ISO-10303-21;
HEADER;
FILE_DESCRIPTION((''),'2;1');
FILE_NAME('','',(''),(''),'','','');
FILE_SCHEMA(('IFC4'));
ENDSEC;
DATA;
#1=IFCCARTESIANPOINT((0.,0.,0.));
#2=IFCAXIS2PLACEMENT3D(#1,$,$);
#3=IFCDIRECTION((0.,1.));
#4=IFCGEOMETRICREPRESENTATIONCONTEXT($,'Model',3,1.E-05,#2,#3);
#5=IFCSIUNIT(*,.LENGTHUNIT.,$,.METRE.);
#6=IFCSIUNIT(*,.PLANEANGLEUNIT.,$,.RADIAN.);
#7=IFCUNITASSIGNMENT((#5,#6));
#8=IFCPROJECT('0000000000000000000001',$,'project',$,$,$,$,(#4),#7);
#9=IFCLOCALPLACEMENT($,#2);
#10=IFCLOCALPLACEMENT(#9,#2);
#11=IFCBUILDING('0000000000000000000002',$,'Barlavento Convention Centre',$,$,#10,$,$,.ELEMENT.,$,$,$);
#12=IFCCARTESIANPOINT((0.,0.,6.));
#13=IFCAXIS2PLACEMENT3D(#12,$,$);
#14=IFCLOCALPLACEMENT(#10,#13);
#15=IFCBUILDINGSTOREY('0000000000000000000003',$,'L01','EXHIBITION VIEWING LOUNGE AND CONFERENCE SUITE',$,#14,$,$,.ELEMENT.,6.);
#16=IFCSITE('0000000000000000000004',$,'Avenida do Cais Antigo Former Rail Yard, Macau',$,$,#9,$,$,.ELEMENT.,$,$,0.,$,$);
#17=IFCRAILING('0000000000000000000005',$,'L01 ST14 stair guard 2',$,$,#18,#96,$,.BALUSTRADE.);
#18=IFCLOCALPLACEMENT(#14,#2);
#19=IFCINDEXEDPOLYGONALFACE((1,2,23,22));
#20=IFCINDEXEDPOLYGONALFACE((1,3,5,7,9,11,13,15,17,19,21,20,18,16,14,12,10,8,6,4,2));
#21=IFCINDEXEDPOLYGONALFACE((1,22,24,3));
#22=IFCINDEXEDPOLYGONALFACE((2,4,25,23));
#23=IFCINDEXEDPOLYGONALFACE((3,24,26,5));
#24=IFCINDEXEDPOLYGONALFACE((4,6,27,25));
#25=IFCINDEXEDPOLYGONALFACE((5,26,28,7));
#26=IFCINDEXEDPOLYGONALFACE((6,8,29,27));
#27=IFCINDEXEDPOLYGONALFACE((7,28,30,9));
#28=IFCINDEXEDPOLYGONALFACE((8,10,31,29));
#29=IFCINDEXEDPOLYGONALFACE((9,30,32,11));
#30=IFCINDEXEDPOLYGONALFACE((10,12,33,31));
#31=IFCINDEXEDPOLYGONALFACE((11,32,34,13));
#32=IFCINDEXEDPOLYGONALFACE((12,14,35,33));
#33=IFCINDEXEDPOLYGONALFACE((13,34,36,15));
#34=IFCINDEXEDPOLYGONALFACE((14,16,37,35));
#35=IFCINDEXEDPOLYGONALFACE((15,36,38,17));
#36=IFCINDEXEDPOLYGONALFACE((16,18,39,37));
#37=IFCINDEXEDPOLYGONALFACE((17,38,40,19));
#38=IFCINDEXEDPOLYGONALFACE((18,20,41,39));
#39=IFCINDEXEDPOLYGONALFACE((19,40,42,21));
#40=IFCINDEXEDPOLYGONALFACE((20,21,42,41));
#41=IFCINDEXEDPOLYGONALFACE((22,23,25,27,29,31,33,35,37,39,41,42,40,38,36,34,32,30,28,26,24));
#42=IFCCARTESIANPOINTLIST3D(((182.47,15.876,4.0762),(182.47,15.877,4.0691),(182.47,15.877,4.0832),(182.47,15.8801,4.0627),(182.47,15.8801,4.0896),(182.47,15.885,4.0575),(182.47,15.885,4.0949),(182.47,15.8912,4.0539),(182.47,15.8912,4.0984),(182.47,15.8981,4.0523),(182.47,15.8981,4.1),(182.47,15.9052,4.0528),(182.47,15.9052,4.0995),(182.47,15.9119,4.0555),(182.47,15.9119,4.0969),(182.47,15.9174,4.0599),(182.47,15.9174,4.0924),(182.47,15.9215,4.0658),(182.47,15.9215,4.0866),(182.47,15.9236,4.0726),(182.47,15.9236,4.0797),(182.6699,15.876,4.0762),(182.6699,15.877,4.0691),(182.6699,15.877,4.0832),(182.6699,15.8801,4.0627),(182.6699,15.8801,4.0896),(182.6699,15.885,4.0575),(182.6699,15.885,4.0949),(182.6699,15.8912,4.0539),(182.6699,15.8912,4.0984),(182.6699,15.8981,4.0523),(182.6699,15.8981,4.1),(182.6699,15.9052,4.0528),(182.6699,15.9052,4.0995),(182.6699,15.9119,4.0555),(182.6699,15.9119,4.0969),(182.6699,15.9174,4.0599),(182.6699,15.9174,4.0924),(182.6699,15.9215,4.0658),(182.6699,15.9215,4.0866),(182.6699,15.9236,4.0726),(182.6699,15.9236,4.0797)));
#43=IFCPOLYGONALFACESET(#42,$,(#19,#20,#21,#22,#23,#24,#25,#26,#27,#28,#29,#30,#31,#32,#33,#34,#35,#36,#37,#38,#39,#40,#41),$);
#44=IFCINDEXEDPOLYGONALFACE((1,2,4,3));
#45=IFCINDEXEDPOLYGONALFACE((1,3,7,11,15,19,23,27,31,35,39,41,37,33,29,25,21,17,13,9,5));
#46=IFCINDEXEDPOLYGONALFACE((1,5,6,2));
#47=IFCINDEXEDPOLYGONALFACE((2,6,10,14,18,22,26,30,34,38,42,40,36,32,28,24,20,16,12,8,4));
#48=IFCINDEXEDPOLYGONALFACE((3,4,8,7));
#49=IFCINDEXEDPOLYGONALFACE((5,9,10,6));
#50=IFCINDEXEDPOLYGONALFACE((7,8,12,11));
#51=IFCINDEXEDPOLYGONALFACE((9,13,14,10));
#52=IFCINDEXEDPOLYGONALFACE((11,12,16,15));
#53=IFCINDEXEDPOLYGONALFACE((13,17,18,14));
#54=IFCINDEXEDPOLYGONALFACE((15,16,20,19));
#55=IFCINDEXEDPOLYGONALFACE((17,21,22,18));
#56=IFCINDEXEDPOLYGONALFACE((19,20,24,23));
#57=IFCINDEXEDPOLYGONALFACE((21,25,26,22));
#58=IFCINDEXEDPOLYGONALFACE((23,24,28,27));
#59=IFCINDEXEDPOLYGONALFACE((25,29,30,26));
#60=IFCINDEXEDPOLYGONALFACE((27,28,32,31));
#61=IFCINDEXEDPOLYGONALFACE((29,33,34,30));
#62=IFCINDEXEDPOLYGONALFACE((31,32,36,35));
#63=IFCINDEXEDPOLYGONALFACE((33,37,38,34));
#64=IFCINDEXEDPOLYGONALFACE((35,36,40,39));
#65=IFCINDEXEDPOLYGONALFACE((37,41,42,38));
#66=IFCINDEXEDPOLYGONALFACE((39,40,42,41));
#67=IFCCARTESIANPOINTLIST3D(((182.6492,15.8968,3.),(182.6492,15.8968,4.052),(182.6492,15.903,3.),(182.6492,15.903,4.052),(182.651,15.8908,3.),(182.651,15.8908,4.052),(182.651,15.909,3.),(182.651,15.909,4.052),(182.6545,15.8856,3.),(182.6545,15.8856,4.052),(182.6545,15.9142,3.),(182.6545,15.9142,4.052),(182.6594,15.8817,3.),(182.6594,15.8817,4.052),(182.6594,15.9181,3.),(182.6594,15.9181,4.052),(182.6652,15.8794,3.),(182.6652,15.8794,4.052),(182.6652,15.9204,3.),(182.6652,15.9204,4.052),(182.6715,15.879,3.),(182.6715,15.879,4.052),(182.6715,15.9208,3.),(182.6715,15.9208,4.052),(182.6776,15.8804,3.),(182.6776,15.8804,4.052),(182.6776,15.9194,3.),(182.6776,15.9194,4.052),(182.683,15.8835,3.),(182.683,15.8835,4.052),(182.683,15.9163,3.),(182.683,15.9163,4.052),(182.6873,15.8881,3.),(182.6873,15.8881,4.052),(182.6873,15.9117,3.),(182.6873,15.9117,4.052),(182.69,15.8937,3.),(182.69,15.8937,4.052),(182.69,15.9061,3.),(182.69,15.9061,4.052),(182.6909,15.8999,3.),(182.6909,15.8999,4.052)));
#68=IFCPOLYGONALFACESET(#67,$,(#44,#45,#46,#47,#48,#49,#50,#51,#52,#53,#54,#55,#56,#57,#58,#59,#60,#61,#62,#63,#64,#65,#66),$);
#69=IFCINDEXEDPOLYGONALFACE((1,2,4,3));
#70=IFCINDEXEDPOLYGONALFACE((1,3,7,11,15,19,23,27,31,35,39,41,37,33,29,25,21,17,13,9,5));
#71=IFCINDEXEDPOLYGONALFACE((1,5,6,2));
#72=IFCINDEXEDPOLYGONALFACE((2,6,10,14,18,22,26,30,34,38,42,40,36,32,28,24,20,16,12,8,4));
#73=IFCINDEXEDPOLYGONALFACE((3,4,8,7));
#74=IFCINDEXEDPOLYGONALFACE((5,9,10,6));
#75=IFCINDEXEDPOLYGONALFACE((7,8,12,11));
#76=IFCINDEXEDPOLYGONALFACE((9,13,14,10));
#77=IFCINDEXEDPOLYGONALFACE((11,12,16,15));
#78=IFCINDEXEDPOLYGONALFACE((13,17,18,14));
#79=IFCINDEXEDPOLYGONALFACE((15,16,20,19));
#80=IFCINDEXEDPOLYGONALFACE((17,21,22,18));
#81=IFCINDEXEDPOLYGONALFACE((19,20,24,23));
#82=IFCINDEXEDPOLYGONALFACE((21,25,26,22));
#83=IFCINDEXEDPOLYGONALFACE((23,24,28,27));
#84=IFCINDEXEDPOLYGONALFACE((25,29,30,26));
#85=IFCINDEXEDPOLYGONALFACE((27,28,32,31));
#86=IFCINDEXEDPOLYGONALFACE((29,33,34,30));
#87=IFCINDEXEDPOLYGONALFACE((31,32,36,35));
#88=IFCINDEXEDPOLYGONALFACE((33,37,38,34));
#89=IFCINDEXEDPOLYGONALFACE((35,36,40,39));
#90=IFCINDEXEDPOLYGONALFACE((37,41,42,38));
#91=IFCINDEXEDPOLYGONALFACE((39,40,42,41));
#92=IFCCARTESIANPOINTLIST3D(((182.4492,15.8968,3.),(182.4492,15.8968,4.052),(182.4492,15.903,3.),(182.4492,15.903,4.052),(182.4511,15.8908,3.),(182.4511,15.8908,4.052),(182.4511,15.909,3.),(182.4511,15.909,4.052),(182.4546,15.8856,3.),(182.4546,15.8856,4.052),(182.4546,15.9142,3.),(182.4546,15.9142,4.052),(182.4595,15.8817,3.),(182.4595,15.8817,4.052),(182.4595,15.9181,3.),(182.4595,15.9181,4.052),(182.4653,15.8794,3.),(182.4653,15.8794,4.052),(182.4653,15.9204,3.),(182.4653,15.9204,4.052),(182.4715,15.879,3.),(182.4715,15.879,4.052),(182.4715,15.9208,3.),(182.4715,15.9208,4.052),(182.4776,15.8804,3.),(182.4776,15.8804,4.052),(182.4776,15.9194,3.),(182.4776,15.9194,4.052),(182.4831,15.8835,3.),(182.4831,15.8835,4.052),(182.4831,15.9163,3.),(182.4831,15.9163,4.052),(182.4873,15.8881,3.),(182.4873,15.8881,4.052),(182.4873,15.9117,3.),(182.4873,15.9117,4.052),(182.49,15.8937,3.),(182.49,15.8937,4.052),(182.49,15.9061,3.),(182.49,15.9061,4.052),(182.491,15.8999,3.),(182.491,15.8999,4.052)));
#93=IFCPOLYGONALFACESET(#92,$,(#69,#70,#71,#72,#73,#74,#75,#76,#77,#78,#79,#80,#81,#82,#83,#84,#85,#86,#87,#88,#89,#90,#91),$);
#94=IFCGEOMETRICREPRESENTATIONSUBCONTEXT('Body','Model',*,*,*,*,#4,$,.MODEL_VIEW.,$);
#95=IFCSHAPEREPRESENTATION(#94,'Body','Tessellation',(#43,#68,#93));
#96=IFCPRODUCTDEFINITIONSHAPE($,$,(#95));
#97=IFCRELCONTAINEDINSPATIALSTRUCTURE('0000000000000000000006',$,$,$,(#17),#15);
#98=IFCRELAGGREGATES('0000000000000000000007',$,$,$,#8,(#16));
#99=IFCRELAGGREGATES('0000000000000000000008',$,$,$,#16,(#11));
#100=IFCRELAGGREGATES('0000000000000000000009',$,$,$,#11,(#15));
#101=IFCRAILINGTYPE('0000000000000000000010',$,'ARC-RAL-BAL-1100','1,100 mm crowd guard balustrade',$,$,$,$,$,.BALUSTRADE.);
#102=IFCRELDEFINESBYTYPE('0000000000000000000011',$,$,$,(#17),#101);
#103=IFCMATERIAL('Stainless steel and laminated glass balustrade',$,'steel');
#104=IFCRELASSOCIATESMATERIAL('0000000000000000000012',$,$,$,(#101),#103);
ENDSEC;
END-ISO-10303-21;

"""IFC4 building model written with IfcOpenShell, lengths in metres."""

from ifc_helpers import new_model, si_unit, direction, frame, origin, origin_2d, place, context, subcontext, project, spatial, circle, extrude, material, type_object, element, save


model = new_model("IFC4")

# Units and contexts
model_context = context("Model", 3, precision=1e-05, world=origin(), true_north=direction((0.0, 1.0)))
body_context = subcontext(model_context, "Body", "Model", "MODEL_VIEW")
ifc_project = project(units=[si_unit("LENGTHUNIT", "METRE"), si_unit("PLANEANGLEUNIT", "RADIAN")], contexts=[model_context])

# Site, building, storey
site_placement = place(None, origin())
site = spatial("IfcSite", under=ifc_project, at=site_placement, Name="Avenida do Cais Antigo Former Rail Yard, Macau", CompositionType="ELEMENT", RefElevation=0.0)
building_placement = place(site_placement, origin())
building = spatial("IfcBuilding", under=site, at=building_placement, Name="Barlavento Convention Centre", CompositionType="ELEMENT")
storey_placement = place(building_placement, frame((0.0, 0.0, 6.0)))
storey = spatial("IfcBuildingStorey", under=building, at=storey_placement, Name="L01", Description="EXHIBITION VIEWING LOUNGE AND CONFERENCE SUITE", CompositionType="ELEMENT", Elevation=6.0)

# Railing
ifc_material_1 = material(Name="Stainless steel and laminated glass balustrade", Category="steel")
railing_type_1 = type_object("IfcRailingType", Name="ARC-RAL-BAL-1100", Description="1,100 mm crowd guard balustrade", PredefinedType="BALUSTRADE", material=ifc_material_1)
railing_1_placement = place(storey_placement, frame((182.6699, 15.8999, 3.0)))
element("IfcRailing", 1, at=railing_1_placement, inside=storey, type_object=railing_type_1, Name="L01 ST14 stair guard 2", PredefinedType="BALUSTRADE", context=body_context, shape_type="SweptSolid", body=[
    extrude(circle(Radius=0.0239, at=origin_2d()), frame((0.0, 0.0, 1.0762), z_axis=(-1.0, 0.0, 0.0), x_axis=(0.0, -1.0, 0.0)), (0.0, 0.0, 1.0), 0.2),
    extrude(circle(Radius=0.021, at=origin_2d()), origin(), (0.0, 0.0, 1.0), 1.052),
    extrude(circle(Radius=0.021, at=origin_2d()), frame((-0.2, 0.0, 0.0)), (0.0, 0.0, 1.0), 1.052),
])

save(model, "model.ifc")
